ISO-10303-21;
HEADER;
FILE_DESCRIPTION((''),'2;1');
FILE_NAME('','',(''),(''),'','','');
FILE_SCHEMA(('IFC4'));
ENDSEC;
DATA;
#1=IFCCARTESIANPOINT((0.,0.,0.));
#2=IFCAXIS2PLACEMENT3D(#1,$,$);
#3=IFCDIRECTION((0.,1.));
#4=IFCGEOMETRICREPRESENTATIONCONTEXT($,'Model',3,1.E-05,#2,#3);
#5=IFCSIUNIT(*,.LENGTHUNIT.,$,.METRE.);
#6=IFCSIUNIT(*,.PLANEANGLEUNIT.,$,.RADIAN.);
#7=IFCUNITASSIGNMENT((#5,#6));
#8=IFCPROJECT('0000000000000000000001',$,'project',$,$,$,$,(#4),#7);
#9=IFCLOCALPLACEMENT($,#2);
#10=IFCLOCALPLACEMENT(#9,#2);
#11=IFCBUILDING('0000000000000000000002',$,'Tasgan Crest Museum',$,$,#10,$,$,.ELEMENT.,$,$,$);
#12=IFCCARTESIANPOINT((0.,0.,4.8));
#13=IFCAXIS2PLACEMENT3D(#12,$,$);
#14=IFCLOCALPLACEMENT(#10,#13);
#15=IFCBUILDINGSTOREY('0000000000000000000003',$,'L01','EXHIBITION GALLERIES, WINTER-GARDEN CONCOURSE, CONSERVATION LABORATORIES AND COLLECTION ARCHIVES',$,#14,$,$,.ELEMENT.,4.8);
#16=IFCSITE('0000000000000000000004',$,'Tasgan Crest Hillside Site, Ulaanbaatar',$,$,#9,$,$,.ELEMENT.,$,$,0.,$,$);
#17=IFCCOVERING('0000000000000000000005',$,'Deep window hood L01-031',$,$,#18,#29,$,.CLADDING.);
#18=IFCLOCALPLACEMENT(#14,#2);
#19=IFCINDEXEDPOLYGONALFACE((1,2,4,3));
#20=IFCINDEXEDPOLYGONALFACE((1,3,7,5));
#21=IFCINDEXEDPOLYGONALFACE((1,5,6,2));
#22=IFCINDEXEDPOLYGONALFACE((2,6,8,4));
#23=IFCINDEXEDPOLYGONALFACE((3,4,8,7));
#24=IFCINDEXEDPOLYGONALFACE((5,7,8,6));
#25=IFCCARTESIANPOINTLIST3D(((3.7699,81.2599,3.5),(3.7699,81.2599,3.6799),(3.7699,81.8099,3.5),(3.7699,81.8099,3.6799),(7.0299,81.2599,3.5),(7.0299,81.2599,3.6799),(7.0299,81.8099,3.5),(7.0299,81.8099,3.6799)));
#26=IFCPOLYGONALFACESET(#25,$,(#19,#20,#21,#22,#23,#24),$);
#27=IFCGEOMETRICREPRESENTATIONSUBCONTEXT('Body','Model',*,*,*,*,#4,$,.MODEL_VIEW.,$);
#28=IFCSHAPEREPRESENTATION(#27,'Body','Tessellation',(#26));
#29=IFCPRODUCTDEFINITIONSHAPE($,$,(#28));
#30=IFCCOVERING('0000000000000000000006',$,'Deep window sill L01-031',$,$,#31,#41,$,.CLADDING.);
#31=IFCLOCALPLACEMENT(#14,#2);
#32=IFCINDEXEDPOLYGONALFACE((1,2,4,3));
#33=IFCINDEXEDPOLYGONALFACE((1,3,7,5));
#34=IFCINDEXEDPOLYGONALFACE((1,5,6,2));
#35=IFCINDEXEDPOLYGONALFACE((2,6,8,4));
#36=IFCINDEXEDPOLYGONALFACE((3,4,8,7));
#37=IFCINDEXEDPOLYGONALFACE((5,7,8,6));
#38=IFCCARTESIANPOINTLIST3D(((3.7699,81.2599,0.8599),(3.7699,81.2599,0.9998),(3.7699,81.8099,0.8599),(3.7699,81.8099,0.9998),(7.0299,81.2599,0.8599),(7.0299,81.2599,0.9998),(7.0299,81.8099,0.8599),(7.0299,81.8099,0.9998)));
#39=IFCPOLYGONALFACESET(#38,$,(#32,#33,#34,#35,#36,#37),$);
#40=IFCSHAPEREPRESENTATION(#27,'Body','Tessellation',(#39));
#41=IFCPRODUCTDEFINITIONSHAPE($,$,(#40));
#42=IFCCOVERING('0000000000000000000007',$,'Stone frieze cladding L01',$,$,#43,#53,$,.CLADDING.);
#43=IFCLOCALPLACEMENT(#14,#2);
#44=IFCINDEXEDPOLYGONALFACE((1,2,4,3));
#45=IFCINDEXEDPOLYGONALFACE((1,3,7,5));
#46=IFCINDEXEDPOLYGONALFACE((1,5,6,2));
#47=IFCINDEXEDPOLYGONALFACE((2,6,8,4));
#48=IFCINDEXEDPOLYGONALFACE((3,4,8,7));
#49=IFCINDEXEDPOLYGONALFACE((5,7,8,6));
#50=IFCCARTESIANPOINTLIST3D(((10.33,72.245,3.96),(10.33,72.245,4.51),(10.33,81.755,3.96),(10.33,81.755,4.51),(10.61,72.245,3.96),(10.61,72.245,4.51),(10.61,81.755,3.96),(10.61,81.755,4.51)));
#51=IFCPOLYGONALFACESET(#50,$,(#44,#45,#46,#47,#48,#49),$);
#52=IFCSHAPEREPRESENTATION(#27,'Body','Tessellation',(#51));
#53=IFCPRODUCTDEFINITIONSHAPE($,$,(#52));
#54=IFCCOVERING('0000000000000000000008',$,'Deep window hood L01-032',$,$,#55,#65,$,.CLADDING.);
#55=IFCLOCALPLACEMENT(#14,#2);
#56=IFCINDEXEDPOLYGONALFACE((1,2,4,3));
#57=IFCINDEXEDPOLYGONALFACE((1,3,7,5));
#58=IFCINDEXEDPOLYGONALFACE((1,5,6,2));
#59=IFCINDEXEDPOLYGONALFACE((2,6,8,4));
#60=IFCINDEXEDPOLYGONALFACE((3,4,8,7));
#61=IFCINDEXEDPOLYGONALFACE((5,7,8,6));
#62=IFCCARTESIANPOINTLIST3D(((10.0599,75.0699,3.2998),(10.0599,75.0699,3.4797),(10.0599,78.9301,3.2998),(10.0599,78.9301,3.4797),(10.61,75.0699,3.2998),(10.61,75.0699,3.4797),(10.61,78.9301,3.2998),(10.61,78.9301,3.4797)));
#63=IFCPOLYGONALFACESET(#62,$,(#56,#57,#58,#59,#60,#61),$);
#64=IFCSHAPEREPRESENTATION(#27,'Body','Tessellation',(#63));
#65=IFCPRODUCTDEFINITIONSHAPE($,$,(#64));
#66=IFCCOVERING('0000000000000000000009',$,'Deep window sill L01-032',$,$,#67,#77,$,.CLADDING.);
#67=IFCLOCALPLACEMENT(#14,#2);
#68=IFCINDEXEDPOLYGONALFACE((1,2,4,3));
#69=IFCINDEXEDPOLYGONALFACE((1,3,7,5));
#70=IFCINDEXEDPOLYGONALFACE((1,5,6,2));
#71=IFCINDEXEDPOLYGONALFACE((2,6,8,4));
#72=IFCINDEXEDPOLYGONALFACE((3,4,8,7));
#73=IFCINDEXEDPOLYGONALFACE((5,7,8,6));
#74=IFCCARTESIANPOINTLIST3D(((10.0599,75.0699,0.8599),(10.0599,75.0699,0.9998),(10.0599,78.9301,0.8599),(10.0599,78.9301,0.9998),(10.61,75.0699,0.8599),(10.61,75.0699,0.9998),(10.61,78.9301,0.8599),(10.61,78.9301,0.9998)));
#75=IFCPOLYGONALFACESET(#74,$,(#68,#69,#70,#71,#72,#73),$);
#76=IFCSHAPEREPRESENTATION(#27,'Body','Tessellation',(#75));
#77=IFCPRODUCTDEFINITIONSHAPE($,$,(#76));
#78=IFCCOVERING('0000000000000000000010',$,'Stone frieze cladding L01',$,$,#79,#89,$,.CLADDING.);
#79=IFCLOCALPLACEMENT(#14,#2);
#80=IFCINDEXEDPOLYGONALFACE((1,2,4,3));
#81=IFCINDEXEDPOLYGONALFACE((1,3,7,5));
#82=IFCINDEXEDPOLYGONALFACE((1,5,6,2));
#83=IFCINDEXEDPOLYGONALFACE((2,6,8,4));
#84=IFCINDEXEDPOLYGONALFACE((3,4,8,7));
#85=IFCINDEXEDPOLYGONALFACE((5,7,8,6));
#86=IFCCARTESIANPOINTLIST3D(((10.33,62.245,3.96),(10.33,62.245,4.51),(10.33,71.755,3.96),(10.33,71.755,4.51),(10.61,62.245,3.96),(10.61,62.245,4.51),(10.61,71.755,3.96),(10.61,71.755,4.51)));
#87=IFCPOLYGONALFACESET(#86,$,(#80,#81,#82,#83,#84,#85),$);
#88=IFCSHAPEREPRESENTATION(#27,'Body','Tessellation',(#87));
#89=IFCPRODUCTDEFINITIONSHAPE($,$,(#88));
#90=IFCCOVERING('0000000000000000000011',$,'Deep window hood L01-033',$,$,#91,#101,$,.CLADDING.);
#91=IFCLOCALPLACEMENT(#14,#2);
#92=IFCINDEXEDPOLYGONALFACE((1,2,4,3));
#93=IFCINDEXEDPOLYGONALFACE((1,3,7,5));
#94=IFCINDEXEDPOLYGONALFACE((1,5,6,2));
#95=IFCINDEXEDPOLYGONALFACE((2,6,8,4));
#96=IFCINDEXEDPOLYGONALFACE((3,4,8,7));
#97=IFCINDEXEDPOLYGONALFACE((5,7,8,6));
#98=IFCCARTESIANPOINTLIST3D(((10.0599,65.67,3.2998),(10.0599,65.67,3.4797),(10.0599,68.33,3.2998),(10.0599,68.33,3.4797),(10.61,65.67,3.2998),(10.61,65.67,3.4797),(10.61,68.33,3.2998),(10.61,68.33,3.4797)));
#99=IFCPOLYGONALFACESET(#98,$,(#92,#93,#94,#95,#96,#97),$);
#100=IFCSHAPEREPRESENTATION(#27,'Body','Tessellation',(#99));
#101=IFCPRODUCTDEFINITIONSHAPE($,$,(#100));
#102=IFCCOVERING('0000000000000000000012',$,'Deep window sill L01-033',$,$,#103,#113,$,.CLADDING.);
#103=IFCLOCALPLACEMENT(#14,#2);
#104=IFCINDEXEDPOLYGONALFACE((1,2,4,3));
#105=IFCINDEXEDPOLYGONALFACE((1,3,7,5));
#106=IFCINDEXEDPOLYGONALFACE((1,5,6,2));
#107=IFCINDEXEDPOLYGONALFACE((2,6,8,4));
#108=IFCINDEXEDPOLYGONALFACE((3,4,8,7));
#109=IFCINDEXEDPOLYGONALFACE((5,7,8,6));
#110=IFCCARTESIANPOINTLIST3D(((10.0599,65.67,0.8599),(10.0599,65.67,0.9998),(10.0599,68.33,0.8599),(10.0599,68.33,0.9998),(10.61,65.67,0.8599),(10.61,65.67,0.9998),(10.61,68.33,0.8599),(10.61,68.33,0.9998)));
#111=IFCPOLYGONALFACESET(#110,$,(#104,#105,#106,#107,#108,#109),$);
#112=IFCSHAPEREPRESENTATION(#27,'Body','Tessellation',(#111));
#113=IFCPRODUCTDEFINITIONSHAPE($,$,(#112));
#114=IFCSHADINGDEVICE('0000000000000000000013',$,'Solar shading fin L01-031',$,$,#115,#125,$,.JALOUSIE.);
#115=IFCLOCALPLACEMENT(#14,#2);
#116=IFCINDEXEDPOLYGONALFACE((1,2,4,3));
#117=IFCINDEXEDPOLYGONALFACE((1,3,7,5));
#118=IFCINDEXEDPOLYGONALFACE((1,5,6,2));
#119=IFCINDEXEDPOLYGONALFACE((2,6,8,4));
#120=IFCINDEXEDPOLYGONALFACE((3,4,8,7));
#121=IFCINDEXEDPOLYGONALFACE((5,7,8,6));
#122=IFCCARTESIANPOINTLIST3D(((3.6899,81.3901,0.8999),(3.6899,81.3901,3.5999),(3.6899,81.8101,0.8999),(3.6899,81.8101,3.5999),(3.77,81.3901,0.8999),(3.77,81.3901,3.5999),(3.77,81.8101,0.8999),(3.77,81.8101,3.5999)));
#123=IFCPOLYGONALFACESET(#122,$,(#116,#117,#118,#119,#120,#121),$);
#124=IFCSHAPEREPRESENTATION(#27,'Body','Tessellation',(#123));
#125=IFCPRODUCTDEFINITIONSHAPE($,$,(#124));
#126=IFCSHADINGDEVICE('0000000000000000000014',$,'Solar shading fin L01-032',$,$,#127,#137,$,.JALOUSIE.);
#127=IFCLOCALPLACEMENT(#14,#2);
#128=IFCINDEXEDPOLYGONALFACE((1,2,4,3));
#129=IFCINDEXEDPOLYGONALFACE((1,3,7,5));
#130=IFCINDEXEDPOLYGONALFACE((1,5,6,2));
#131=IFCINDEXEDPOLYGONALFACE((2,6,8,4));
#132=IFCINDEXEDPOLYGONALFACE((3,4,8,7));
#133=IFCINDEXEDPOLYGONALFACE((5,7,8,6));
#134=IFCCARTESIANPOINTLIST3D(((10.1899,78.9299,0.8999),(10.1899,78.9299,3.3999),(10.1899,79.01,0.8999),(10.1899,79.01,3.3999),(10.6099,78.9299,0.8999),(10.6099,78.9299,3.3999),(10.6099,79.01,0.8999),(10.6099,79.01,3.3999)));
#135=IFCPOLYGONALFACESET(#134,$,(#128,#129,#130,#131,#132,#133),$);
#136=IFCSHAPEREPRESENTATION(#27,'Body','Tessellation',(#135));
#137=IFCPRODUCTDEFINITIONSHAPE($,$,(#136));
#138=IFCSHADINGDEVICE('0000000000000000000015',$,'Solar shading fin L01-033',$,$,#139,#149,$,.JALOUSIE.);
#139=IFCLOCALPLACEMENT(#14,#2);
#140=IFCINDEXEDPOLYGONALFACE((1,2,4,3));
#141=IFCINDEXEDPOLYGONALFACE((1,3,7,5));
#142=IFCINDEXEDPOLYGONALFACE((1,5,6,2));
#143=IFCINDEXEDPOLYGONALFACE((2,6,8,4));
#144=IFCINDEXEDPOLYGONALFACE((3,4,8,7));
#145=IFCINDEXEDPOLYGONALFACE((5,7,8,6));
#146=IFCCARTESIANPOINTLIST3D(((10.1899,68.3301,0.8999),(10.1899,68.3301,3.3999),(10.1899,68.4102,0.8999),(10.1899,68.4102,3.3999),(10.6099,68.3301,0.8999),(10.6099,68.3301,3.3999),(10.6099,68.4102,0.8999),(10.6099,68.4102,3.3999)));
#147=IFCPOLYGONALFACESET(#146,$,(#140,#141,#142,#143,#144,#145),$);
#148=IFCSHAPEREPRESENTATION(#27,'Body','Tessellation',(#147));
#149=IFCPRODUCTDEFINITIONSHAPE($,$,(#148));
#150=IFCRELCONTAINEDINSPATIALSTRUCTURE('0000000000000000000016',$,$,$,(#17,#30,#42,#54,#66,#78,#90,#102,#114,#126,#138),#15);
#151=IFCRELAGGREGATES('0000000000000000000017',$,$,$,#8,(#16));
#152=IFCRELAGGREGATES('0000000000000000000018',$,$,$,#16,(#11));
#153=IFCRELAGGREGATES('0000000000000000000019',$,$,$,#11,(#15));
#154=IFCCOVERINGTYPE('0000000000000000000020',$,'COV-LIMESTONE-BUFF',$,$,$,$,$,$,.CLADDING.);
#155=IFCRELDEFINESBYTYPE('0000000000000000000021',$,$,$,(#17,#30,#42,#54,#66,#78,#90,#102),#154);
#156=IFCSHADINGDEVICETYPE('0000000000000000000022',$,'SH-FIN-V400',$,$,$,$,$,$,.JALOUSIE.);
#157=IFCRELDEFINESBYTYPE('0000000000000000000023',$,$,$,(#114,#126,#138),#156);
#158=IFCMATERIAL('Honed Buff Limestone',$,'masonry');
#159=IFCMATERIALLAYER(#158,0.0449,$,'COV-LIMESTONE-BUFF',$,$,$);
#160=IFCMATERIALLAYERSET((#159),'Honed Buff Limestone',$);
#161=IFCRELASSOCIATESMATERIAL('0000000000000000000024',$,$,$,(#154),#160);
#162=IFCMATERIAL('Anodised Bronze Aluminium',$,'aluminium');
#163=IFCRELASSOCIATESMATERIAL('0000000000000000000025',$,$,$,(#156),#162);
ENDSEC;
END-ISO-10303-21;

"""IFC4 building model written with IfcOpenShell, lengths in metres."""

from ifc_helpers import new_model, si_unit, direction, frame, origin, origin_2d, place, context, subcontext, project, spatial, rectangle, extrude, material, layer, layer_set, type_object, element, save


model = new_model("IFC4")

# Units and contexts
model_context = context("Model", 3, precision=1e-05, world=origin(), true_north=direction((0.0, 1.0)))
body_context = subcontext(model_context, "Body", "Model", "MODEL_VIEW")
ifc_project = project(units=[si_unit("LENGTHUNIT", "METRE"), si_unit("PLANEANGLEUNIT", "RADIAN")], contexts=[model_context])

# Site, building, storey
site_placement = place(None, origin())
site = spatial("IfcSite", under=ifc_project, at=site_placement, Name="Tasgan Crest Hillside Site, Ulaanbaatar", CompositionType="ELEMENT", RefElevation=0.0)
building_placement = place(site_placement, origin())
building = spatial("IfcBuilding", under=site, at=building_placement, Name="Tasgan Crest Museum", CompositionType="ELEMENT")
storey_placement = place(building_placement, frame((0.0, 0.0, 4.8)))
storey = spatial("IfcBuildingStorey", under=building, at=storey_placement, Name="L01", Description="EXHIBITION GALLERIES, WINTER-GARDEN CONCOURSE, CONSERVATION LABORATORIES AND COLLECTION ARCHIVES", CompositionType="ELEMENT", Elevation=4.8)

# Coverings
ifc_material_1 = material(Name="Honed Buff Limestone", Category="masonry")
ifc_layer_1 = layer(ifc_material_1, 0.0449, Name="COV-LIMESTONE-BUFF")
ifc_layer_set_1 = layer_set([ifc_layer_1], Name="Honed Buff Limestone")
covering_type_1 = type_object("IfcCoveringType", Name="COV-LIMESTONE-BUFF", PredefinedType="CLADDING", material=ifc_layer_set_1)
covering_1_placement = place(storey_placement, frame((5.3999, 81.5349, 3.5), z_axis=(0.0, 0.0, 1.0), x_axis=(1.0, 0.0, 0.0)))
element("IfcCovering", 1, at=covering_1_placement, inside=storey, type_object=covering_type_1, Name="Deep window hood L01-031", PredefinedType="CLADDING", context=body_context, shape_type="SweptSolid", body=[
    extrude(rectangle(XDim=3.26, YDim=0.55, at=origin_2d()), origin(), (0.0, 0.0, 1.0), 0.1799),
])
covering_2_placement = place(storey_placement, frame((5.3999, 81.5349, 0.8599), z_axis=(0.0, 0.0, 1.0), x_axis=(1.0, 0.0, 0.0)))
element("IfcCovering", 2, at=covering_2_placement, inside=storey, type_object=covering_type_1, Name="Deep window sill L01-031", PredefinedType="CLADDING", context=body_context, shape_type="SweptSolid", body=[
    extrude(rectangle(XDim=3.26, YDim=0.55, at=origin_2d()), origin(), (0.0, 0.0, 1.0), 0.1399),
])
covering_3_placement = place(storey_placement, frame((10.47, 77.0, 3.96), z_axis=(0.0, 0.0, 1.0), x_axis=(0.0, -1.0, 0.0)))
element("IfcCovering", 3, at=covering_3_placement, inside=storey, type_object=covering_type_1, Name="Stone frieze cladding L01", PredefinedType="CLADDING", context=body_context, shape_type="SweptSolid", body=[
    extrude(rectangle(XDim=9.51, YDim=0.28, at=origin_2d()), origin(), (0.0, 0.0, 1.0), 0.55),
])
covering_4_placement = place(storey_placement, frame((10.335, 77.0, 3.2998), z_axis=(0.0, 0.0, 1.0), x_axis=(0.0, -1.0, 0.0)))
element("IfcCovering", 4, at=covering_4_placement, inside=storey, type_object=covering_type_1, Name="Deep window hood L01-032", PredefinedType="CLADDING", context=body_context, shape_type="SweptSolid", body=[
    extrude(rectangle(XDim=3.8601, YDim=0.55, at=origin_2d()), origin(), (0.0, 0.0, 1.0), 0.1799),
])
covering_5_placement = place(storey_placement, frame((10.335, 77.0, 0.8599), z_axis=(0.0, 0.0, 1.0), x_axis=(0.0, -1.0, 0.0)))
element("IfcCovering", 5, at=covering_5_placement, inside=storey, type_object=covering_type_1, Name="Deep window sill L01-032", PredefinedType="CLADDING", context=body_context, shape_type="SweptSolid", body=[
    extrude(rectangle(XDim=3.8601, YDim=0.55, at=origin_2d()), origin(), (0.0, 0.0, 1.0), 0.1399),
])
covering_6_placement = place(storey_placement, frame((10.47, 67.0, 3.96), z_axis=(0.0, 0.0, 1.0), x_axis=(0.0, -1.0, 0.0)))
element("IfcCovering", 6, at=covering_6_placement, inside=storey, type_object=covering_type_1, Name="Stone frieze cladding L01", PredefinedType="CLADDING", context=body_context, shape_type="SweptSolid", body=[
    extrude(rectangle(XDim=9.51, YDim=0.28, at=origin_2d()), origin(), (0.0, 0.0, 1.0), 0.55),
])
covering_7_placement = place(storey_placement, frame((10.335, 67.0, 3.2998), z_axis=(0.0, 0.0, 1.0), x_axis=(0.0, -1.0, 0.0)))
element("IfcCovering", 7, at=covering_7_placement, inside=storey, type_object=covering_type_1, Name="Deep window hood L01-033", PredefinedType="CLADDING", context=body_context, shape_type="SweptSolid", body=[
    extrude(rectangle(XDim=2.6599, YDim=0.55, at=origin_2d()), origin(), (0.0, 0.0, 1.0), 0.1799),
])
covering_8_placement = place(storey_placement, frame((10.335, 67.0, 0.8599), z_axis=(0.0, 0.0, 1.0), x_axis=(0.0, -1.0, 0.0)))
element("IfcCovering", 8, at=covering_8_placement, inside=storey, type_object=covering_type_1, Name="Deep window sill L01-033", PredefinedType="CLADDING", context=body_context, shape_type="SweptSolid", body=[
    extrude(rectangle(XDim=2.6599, YDim=0.55, at=origin_2d()), origin(), (0.0, 0.0, 1.0), 0.1399),
])

# Shading devices
ifc_material_2 = material(Name="Anodised Bronze Aluminium", Category="aluminium")
shading_device_type = type_object("IfcShadingDeviceType", Name="SH-FIN-V400", PredefinedType="JALOUSIE", material=ifc_material_2)
shading_device_placement = place(storey_placement, frame((3.73, 81.6001, 0.8999), z_axis=(0.0, 0.0, 1.0), x_axis=(1.0, 0.0, 0.0)))
element("IfcShadingDevice", 9, at=shading_device_placement, inside=storey, type_object=shading_device_type, Name="Solar shading fin L01-031", PredefinedType="JALOUSIE", context=body_context, shape_type="SweptSolid", body=[
    extrude(rectangle(XDim=0.0801, YDim=0.4199, at=origin_2d()), origin(), (0.0, 0.0, 1.0), 2.7),
])
for number, where, z_axis, x_axis, name in (
    (10, (10.3999, 78.97, 0.8999), (0.0, 0.0, 1.0), (0.0, -1.0, 0.0), "Solar shading fin L01-032"),
    (11, (10.3999, 68.3701, 0.8999), (0.0, 0.0, 1.0), (0.0, -1.0, 0.0), "Solar shading fin L01-033"),
):
    element("IfcShadingDevice", number, at=place(storey_placement, frame(where, z_axis=z_axis, x_axis=x_axis)), inside=storey, type_object=shading_device_type, Name=name, PredefinedType="JALOUSIE", context=body_context, shape_type="SweptSolid", body=[
        extrude(rectangle(XDim=0.0801, YDim=0.4199, at=origin_2d()), origin(), (0.0, 0.0, 1.0), 2.5),
    ])

save(model, "model.ifc")
